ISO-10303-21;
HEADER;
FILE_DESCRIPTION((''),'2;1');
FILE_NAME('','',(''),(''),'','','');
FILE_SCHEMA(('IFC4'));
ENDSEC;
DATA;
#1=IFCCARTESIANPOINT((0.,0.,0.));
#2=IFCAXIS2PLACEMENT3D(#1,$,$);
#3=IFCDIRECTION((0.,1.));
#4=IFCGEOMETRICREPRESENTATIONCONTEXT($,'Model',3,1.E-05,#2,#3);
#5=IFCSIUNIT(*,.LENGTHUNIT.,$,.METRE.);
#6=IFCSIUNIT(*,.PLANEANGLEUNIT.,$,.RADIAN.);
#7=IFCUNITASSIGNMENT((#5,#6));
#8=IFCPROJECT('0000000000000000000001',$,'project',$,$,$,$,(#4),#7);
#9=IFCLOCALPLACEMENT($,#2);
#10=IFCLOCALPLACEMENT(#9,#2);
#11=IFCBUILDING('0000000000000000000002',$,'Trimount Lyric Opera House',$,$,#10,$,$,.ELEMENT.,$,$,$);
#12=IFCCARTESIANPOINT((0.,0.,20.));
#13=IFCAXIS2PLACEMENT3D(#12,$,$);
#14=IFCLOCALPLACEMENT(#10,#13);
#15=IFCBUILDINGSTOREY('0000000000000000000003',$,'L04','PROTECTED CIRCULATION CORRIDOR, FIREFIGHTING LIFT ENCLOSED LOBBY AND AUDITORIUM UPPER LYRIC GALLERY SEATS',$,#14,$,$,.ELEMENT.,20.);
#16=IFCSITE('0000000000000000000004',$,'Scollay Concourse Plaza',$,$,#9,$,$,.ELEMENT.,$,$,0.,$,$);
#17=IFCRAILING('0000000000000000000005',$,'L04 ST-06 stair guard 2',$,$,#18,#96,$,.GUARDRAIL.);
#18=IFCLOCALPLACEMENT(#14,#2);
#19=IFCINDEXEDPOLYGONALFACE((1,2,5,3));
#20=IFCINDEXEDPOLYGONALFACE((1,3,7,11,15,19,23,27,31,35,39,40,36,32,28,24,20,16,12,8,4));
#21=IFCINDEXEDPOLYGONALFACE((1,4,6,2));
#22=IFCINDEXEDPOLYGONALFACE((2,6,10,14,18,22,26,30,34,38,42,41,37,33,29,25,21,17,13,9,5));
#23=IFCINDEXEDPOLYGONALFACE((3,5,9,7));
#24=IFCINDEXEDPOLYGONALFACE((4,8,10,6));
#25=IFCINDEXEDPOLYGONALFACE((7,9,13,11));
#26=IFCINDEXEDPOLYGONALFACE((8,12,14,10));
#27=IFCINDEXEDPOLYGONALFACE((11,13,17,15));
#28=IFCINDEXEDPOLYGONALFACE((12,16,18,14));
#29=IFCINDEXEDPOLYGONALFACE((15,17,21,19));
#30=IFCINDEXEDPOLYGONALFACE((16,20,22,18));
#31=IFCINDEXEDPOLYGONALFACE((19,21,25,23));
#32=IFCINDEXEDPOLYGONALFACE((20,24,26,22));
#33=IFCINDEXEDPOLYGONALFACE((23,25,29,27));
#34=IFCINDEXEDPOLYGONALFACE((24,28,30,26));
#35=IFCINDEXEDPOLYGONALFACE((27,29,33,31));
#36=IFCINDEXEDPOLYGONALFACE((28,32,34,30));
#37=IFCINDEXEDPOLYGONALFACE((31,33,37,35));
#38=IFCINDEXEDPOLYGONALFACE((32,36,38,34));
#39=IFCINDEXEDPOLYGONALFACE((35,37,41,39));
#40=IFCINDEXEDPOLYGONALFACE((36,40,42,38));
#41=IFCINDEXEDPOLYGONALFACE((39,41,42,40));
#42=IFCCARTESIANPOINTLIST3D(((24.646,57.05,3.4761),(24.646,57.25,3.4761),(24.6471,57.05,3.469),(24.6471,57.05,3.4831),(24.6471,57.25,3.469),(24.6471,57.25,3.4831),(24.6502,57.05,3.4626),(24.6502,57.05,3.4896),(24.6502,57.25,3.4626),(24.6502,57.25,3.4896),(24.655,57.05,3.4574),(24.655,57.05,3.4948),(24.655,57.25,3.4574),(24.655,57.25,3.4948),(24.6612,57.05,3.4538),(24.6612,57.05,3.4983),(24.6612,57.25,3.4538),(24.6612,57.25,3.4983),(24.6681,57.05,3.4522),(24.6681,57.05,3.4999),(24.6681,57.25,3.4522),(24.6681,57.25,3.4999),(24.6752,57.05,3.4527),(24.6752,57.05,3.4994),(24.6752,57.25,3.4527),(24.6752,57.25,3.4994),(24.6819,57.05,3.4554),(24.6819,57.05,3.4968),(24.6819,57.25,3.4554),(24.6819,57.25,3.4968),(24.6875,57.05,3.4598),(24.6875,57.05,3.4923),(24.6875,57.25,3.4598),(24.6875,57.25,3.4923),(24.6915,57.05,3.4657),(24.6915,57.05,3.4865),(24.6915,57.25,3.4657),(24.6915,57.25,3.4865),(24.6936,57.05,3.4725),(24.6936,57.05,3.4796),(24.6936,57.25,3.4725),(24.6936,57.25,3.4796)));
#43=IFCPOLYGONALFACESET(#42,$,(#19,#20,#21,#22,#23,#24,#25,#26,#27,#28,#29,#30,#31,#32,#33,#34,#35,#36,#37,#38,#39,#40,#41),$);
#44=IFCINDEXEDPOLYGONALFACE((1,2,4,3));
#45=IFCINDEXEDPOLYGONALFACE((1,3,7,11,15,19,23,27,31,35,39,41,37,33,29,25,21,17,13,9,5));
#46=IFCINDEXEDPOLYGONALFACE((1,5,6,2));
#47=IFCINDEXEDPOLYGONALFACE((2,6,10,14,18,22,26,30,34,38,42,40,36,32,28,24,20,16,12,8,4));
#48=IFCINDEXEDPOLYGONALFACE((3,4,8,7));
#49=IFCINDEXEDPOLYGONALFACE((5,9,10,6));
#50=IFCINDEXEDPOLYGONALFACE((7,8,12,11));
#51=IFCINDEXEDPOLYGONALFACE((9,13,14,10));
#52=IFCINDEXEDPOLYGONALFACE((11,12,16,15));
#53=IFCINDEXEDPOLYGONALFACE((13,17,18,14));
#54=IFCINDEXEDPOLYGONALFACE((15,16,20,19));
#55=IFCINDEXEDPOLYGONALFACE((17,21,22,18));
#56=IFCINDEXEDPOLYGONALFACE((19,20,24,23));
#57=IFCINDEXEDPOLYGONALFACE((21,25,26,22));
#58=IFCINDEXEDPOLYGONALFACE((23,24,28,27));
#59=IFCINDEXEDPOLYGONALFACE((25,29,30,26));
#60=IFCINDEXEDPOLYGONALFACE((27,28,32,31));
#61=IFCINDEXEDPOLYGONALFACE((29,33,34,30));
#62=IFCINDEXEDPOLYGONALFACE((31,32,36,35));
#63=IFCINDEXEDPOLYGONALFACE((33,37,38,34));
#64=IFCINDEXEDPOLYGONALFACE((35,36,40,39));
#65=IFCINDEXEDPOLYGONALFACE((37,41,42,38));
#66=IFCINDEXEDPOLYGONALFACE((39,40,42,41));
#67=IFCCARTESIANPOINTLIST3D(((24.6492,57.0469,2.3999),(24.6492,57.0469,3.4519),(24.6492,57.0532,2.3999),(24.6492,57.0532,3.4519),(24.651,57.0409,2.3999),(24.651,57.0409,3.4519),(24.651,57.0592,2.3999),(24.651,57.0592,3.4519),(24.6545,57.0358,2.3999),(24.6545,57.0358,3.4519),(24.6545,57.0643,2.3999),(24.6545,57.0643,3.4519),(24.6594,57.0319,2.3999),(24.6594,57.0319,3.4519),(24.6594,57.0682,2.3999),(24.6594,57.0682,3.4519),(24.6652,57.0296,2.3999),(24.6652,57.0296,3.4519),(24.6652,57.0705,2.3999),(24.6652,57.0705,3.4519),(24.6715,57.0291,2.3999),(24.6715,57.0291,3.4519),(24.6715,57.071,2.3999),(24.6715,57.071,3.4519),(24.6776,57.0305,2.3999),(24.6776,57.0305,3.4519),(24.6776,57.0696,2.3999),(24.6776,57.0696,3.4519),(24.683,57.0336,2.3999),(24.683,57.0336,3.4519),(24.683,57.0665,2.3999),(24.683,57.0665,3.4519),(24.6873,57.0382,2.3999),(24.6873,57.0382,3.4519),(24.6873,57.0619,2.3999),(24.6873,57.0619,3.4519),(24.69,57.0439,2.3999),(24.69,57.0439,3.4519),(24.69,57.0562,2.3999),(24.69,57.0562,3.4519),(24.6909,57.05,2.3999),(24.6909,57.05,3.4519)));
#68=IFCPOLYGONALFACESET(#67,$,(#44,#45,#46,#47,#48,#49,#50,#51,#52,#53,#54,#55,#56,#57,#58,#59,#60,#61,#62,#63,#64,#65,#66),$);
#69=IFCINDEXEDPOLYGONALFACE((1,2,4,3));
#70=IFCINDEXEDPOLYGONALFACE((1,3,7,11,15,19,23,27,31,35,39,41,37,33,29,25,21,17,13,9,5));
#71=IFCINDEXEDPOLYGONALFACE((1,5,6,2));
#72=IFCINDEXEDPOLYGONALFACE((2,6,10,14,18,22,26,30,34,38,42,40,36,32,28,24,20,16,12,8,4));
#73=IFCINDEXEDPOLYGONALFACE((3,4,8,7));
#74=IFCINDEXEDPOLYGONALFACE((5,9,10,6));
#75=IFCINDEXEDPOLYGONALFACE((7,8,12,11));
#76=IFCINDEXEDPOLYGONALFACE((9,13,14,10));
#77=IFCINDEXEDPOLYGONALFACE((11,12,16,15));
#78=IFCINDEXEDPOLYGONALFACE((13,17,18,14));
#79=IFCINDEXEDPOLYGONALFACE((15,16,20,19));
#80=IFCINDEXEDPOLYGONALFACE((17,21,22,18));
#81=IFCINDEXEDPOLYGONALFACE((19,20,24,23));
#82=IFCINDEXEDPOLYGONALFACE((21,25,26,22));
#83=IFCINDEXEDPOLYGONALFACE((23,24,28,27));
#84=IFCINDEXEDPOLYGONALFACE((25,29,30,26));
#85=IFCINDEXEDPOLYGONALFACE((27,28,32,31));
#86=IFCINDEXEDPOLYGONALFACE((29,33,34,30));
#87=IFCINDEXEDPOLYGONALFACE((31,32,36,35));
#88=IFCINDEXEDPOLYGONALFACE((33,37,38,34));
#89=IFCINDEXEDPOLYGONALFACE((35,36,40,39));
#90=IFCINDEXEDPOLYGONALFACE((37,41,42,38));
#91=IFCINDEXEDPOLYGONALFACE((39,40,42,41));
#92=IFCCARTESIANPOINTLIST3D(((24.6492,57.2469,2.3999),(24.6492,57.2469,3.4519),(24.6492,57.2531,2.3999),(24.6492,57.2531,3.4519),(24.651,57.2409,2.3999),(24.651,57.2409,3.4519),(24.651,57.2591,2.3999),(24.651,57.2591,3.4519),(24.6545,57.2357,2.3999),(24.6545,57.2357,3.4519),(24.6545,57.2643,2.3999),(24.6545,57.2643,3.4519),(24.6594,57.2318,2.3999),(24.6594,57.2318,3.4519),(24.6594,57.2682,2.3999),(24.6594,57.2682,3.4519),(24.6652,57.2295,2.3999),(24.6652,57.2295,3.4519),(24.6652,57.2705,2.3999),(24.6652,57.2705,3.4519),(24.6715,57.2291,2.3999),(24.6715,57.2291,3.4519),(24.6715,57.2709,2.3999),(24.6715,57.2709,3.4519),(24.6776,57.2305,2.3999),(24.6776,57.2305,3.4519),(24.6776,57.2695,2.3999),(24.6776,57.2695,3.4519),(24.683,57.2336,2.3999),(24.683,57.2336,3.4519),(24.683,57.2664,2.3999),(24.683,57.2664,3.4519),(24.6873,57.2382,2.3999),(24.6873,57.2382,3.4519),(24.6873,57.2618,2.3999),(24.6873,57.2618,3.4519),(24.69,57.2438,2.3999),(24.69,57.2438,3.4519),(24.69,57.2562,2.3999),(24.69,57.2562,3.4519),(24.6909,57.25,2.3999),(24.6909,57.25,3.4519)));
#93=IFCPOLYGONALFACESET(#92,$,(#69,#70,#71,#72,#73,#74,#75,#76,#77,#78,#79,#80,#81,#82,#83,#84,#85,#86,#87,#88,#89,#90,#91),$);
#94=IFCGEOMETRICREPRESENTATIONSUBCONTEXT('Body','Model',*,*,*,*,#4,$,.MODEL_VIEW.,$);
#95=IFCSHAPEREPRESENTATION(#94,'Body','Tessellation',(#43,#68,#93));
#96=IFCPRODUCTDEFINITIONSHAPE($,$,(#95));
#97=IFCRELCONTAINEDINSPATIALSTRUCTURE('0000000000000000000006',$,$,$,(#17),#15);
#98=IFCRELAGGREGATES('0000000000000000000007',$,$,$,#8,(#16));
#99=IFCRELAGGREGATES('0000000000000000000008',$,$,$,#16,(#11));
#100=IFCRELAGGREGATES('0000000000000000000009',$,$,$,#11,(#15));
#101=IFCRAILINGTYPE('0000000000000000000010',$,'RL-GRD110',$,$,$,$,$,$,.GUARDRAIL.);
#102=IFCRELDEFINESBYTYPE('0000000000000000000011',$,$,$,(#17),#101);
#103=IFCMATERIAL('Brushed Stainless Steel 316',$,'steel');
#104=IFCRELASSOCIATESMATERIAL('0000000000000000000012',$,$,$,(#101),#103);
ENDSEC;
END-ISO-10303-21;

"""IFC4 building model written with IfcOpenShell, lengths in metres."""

from ifc_helpers import new_model, si_unit, direction, frame, origin, origin_2d, place, context, subcontext, project, spatial, circle, extrude, material, type_object, element, save


model = new_model("IFC4")

# Units and contexts
model_context = context("Model", 3, precision=1e-05, world=origin(), true_north=direction((0.0, 1.0)))
body_context = subcontext(model_context, "Body", "Model", "MODEL_VIEW")
ifc_project = project(units=[si_unit("LENGTHUNIT", "METRE"), si_unit("PLANEANGLEUNIT", "RADIAN")], contexts=[model_context])

# Site, building, storey
site_placement = place(None, origin())
site = spatial("IfcSite", under=ifc_project, at=site_placement, Name="Scollay Concourse Plaza", CompositionType="ELEMENT", RefElevation=0.0)
building_placement = place(site_placement, origin())
building = spatial("IfcBuilding", under=site, at=building_placement, Name="Trimount Lyric Opera House", CompositionType="ELEMENT")
storey_placement = place(building_placement, frame((0.0, 0.0, 20.0)))
storey = spatial("IfcBuildingStorey", under=building, at=storey_placement, Name="L04", Description="PROTECTED CIRCULATION CORRIDOR, FIREFIGHTING LIFT ENCLOSED LOBBY AND AUDITORIUM UPPER LYRIC GALLERY SEATS", CompositionType="ELEMENT", Elevation=20.0)

# Railing
ifc_material_1 = material(Name="Brushed Stainless Steel 316", Category="steel")
railing_type_1 = type_object("IfcRailingType", Name="RL-GRD110", PredefinedType="GUARDRAIL", material=ifc_material_1)
railing_1_placement = place(storey_placement, frame((24.6699, 57.05, 2.3999)))
element("IfcRailing", 1, at=railing_1_placement, inside=storey, type_object=railing_type_1, Name="L04 ST-06 stair guard 2", PredefinedType="GUARDRAIL", context=body_context, shape_type="SweptSolid", body=[
    extrude(circle(Radius=0.0239, at=origin_2d()), frame((0.0, 0.0, 1.0762), z_axis=(0.0, 1.0, 0.0), x_axis=(-1.0, 0.0, 0.0)), (0.0, 0.0, 1.0), 0.2),
    extrude(circle(Radius=0.021, at=origin_2d()), origin(), (0.0, 0.0, 1.0), 1.052),
    extrude(circle(Radius=0.021, at=origin_2d()), frame((0.0, 0.2, 0.0)), (0.0, 0.0, 1.0), 1.052),
])

save(model, "model.ifc")
